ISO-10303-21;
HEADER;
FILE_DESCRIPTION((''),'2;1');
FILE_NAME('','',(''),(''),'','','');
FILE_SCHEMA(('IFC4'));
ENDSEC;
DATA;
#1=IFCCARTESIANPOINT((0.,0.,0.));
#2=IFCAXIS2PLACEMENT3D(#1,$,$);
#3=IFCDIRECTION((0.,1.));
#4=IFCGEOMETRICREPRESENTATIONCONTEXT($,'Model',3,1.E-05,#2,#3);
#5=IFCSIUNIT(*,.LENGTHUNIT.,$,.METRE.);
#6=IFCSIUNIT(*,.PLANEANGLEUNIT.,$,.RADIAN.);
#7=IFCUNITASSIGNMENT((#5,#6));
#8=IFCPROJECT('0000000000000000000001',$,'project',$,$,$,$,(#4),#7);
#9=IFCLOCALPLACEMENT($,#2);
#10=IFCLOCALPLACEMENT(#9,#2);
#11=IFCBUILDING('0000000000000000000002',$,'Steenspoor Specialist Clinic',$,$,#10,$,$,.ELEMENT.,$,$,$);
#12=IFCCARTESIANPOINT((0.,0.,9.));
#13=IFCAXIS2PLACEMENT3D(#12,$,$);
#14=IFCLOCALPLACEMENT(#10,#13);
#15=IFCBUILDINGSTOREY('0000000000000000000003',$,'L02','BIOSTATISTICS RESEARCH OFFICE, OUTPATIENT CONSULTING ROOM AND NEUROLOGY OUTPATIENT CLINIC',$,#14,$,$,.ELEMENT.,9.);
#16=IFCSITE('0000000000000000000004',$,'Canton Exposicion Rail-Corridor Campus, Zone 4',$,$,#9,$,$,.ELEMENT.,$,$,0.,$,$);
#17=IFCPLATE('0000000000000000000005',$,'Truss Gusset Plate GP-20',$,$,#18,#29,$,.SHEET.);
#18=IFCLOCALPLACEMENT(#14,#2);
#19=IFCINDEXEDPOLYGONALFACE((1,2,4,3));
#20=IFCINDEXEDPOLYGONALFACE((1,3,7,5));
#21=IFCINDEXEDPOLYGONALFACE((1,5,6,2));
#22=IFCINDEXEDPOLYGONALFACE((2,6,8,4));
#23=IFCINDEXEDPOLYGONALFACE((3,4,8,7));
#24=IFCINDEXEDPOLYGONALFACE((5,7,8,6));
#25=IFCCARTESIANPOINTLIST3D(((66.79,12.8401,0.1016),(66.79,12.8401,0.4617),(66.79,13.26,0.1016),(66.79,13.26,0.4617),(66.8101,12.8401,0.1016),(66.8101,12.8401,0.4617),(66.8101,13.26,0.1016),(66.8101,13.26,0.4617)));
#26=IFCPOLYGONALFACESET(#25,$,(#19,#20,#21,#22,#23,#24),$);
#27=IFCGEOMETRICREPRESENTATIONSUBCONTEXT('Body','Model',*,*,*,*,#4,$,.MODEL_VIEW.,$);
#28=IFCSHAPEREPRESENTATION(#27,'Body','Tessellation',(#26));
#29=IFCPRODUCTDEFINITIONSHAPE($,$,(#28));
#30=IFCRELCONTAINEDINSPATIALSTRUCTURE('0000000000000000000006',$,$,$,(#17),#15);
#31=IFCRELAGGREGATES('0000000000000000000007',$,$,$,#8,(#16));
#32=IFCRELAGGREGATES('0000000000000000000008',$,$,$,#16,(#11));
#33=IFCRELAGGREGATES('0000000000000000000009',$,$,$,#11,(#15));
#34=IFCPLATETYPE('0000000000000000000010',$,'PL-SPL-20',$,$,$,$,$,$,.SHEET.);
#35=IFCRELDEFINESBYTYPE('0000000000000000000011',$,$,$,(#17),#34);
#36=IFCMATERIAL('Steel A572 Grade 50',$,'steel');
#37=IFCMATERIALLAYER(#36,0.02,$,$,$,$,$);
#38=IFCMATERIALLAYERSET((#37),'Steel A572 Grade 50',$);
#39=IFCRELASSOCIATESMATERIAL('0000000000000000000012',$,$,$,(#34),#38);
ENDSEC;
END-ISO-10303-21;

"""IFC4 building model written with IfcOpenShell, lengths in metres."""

from ifc_helpers import new_model, si_unit, direction, frame, origin, origin_2d, place, context, subcontext, project, spatial, rectangle, extrude, material, layer, layer_set, type_object, element, save


model = new_model("IFC4")

# Units and contexts
model_context = context("Model", 3, precision=1e-05, world=origin(), true_north=direction((0.0, 1.0)))
body_context = subcontext(model_context, "Body", "Model", "MODEL_VIEW")
ifc_project = project(units=[si_unit("LENGTHUNIT", "METRE"), si_unit("PLANEANGLEUNIT", "RADIAN")], contexts=[model_context])

# Site, building, storey
site_placement = place(None, origin())
site = spatial("IfcSite", under=ifc_project, at=site_placement, Name="Canton Exposicion Rail-Corridor Campus, Zone 4", CompositionType="ELEMENT", RefElevation=0.0)
building_placement = place(site_placement, origin())
building = spatial("IfcBuilding", under=site, at=building_placement, Name="Steenspoor Specialist Clinic", CompositionType="ELEMENT")
storey_placement = place(building_placement, frame((0.0, 0.0, 9.0)))
storey = spatial("IfcBuildingStorey", under=building, at=storey_placement, Name="L02", Description="BIOSTATISTICS RESEARCH OFFICE, OUTPATIENT CONSULTING ROOM AND NEUROLOGY OUTPATIENT CLINIC", CompositionType="ELEMENT", Elevation=9.0)

# Plate
ifc_material_1 = material(Name="Steel A572 Grade 50", Category="steel")
ifc_layer_1 = layer(ifc_material_1, 0.02)
ifc_layer_set_1 = layer_set([ifc_layer_1], Name="Steel A572 Grade 50")
plate_type_1 = type_object("IfcPlateType", Name="PL-SPL-20", PredefinedType="SHEET", material=ifc_layer_set_1)
plate_1_placement = place(storey_placement, frame((66.8, 13.05, 0.1016), z_axis=(0.0, 0.0, 1.0), x_axis=(1.0, 0.0, 0.0)))
element("IfcPlate", 1, at=plate_1_placement, inside=storey, type_object=plate_type_1, Name="Truss Gusset Plate GP-20", PredefinedType="SHEET", context=body_context, shape_type="SweptSolid", body=[
    extrude(rectangle(XDim=0.02, YDim=0.4199, at=origin_2d()), origin(), (0.0, 0.0, 1.0), 0.3601),
])

save(model, "model.ifc")
